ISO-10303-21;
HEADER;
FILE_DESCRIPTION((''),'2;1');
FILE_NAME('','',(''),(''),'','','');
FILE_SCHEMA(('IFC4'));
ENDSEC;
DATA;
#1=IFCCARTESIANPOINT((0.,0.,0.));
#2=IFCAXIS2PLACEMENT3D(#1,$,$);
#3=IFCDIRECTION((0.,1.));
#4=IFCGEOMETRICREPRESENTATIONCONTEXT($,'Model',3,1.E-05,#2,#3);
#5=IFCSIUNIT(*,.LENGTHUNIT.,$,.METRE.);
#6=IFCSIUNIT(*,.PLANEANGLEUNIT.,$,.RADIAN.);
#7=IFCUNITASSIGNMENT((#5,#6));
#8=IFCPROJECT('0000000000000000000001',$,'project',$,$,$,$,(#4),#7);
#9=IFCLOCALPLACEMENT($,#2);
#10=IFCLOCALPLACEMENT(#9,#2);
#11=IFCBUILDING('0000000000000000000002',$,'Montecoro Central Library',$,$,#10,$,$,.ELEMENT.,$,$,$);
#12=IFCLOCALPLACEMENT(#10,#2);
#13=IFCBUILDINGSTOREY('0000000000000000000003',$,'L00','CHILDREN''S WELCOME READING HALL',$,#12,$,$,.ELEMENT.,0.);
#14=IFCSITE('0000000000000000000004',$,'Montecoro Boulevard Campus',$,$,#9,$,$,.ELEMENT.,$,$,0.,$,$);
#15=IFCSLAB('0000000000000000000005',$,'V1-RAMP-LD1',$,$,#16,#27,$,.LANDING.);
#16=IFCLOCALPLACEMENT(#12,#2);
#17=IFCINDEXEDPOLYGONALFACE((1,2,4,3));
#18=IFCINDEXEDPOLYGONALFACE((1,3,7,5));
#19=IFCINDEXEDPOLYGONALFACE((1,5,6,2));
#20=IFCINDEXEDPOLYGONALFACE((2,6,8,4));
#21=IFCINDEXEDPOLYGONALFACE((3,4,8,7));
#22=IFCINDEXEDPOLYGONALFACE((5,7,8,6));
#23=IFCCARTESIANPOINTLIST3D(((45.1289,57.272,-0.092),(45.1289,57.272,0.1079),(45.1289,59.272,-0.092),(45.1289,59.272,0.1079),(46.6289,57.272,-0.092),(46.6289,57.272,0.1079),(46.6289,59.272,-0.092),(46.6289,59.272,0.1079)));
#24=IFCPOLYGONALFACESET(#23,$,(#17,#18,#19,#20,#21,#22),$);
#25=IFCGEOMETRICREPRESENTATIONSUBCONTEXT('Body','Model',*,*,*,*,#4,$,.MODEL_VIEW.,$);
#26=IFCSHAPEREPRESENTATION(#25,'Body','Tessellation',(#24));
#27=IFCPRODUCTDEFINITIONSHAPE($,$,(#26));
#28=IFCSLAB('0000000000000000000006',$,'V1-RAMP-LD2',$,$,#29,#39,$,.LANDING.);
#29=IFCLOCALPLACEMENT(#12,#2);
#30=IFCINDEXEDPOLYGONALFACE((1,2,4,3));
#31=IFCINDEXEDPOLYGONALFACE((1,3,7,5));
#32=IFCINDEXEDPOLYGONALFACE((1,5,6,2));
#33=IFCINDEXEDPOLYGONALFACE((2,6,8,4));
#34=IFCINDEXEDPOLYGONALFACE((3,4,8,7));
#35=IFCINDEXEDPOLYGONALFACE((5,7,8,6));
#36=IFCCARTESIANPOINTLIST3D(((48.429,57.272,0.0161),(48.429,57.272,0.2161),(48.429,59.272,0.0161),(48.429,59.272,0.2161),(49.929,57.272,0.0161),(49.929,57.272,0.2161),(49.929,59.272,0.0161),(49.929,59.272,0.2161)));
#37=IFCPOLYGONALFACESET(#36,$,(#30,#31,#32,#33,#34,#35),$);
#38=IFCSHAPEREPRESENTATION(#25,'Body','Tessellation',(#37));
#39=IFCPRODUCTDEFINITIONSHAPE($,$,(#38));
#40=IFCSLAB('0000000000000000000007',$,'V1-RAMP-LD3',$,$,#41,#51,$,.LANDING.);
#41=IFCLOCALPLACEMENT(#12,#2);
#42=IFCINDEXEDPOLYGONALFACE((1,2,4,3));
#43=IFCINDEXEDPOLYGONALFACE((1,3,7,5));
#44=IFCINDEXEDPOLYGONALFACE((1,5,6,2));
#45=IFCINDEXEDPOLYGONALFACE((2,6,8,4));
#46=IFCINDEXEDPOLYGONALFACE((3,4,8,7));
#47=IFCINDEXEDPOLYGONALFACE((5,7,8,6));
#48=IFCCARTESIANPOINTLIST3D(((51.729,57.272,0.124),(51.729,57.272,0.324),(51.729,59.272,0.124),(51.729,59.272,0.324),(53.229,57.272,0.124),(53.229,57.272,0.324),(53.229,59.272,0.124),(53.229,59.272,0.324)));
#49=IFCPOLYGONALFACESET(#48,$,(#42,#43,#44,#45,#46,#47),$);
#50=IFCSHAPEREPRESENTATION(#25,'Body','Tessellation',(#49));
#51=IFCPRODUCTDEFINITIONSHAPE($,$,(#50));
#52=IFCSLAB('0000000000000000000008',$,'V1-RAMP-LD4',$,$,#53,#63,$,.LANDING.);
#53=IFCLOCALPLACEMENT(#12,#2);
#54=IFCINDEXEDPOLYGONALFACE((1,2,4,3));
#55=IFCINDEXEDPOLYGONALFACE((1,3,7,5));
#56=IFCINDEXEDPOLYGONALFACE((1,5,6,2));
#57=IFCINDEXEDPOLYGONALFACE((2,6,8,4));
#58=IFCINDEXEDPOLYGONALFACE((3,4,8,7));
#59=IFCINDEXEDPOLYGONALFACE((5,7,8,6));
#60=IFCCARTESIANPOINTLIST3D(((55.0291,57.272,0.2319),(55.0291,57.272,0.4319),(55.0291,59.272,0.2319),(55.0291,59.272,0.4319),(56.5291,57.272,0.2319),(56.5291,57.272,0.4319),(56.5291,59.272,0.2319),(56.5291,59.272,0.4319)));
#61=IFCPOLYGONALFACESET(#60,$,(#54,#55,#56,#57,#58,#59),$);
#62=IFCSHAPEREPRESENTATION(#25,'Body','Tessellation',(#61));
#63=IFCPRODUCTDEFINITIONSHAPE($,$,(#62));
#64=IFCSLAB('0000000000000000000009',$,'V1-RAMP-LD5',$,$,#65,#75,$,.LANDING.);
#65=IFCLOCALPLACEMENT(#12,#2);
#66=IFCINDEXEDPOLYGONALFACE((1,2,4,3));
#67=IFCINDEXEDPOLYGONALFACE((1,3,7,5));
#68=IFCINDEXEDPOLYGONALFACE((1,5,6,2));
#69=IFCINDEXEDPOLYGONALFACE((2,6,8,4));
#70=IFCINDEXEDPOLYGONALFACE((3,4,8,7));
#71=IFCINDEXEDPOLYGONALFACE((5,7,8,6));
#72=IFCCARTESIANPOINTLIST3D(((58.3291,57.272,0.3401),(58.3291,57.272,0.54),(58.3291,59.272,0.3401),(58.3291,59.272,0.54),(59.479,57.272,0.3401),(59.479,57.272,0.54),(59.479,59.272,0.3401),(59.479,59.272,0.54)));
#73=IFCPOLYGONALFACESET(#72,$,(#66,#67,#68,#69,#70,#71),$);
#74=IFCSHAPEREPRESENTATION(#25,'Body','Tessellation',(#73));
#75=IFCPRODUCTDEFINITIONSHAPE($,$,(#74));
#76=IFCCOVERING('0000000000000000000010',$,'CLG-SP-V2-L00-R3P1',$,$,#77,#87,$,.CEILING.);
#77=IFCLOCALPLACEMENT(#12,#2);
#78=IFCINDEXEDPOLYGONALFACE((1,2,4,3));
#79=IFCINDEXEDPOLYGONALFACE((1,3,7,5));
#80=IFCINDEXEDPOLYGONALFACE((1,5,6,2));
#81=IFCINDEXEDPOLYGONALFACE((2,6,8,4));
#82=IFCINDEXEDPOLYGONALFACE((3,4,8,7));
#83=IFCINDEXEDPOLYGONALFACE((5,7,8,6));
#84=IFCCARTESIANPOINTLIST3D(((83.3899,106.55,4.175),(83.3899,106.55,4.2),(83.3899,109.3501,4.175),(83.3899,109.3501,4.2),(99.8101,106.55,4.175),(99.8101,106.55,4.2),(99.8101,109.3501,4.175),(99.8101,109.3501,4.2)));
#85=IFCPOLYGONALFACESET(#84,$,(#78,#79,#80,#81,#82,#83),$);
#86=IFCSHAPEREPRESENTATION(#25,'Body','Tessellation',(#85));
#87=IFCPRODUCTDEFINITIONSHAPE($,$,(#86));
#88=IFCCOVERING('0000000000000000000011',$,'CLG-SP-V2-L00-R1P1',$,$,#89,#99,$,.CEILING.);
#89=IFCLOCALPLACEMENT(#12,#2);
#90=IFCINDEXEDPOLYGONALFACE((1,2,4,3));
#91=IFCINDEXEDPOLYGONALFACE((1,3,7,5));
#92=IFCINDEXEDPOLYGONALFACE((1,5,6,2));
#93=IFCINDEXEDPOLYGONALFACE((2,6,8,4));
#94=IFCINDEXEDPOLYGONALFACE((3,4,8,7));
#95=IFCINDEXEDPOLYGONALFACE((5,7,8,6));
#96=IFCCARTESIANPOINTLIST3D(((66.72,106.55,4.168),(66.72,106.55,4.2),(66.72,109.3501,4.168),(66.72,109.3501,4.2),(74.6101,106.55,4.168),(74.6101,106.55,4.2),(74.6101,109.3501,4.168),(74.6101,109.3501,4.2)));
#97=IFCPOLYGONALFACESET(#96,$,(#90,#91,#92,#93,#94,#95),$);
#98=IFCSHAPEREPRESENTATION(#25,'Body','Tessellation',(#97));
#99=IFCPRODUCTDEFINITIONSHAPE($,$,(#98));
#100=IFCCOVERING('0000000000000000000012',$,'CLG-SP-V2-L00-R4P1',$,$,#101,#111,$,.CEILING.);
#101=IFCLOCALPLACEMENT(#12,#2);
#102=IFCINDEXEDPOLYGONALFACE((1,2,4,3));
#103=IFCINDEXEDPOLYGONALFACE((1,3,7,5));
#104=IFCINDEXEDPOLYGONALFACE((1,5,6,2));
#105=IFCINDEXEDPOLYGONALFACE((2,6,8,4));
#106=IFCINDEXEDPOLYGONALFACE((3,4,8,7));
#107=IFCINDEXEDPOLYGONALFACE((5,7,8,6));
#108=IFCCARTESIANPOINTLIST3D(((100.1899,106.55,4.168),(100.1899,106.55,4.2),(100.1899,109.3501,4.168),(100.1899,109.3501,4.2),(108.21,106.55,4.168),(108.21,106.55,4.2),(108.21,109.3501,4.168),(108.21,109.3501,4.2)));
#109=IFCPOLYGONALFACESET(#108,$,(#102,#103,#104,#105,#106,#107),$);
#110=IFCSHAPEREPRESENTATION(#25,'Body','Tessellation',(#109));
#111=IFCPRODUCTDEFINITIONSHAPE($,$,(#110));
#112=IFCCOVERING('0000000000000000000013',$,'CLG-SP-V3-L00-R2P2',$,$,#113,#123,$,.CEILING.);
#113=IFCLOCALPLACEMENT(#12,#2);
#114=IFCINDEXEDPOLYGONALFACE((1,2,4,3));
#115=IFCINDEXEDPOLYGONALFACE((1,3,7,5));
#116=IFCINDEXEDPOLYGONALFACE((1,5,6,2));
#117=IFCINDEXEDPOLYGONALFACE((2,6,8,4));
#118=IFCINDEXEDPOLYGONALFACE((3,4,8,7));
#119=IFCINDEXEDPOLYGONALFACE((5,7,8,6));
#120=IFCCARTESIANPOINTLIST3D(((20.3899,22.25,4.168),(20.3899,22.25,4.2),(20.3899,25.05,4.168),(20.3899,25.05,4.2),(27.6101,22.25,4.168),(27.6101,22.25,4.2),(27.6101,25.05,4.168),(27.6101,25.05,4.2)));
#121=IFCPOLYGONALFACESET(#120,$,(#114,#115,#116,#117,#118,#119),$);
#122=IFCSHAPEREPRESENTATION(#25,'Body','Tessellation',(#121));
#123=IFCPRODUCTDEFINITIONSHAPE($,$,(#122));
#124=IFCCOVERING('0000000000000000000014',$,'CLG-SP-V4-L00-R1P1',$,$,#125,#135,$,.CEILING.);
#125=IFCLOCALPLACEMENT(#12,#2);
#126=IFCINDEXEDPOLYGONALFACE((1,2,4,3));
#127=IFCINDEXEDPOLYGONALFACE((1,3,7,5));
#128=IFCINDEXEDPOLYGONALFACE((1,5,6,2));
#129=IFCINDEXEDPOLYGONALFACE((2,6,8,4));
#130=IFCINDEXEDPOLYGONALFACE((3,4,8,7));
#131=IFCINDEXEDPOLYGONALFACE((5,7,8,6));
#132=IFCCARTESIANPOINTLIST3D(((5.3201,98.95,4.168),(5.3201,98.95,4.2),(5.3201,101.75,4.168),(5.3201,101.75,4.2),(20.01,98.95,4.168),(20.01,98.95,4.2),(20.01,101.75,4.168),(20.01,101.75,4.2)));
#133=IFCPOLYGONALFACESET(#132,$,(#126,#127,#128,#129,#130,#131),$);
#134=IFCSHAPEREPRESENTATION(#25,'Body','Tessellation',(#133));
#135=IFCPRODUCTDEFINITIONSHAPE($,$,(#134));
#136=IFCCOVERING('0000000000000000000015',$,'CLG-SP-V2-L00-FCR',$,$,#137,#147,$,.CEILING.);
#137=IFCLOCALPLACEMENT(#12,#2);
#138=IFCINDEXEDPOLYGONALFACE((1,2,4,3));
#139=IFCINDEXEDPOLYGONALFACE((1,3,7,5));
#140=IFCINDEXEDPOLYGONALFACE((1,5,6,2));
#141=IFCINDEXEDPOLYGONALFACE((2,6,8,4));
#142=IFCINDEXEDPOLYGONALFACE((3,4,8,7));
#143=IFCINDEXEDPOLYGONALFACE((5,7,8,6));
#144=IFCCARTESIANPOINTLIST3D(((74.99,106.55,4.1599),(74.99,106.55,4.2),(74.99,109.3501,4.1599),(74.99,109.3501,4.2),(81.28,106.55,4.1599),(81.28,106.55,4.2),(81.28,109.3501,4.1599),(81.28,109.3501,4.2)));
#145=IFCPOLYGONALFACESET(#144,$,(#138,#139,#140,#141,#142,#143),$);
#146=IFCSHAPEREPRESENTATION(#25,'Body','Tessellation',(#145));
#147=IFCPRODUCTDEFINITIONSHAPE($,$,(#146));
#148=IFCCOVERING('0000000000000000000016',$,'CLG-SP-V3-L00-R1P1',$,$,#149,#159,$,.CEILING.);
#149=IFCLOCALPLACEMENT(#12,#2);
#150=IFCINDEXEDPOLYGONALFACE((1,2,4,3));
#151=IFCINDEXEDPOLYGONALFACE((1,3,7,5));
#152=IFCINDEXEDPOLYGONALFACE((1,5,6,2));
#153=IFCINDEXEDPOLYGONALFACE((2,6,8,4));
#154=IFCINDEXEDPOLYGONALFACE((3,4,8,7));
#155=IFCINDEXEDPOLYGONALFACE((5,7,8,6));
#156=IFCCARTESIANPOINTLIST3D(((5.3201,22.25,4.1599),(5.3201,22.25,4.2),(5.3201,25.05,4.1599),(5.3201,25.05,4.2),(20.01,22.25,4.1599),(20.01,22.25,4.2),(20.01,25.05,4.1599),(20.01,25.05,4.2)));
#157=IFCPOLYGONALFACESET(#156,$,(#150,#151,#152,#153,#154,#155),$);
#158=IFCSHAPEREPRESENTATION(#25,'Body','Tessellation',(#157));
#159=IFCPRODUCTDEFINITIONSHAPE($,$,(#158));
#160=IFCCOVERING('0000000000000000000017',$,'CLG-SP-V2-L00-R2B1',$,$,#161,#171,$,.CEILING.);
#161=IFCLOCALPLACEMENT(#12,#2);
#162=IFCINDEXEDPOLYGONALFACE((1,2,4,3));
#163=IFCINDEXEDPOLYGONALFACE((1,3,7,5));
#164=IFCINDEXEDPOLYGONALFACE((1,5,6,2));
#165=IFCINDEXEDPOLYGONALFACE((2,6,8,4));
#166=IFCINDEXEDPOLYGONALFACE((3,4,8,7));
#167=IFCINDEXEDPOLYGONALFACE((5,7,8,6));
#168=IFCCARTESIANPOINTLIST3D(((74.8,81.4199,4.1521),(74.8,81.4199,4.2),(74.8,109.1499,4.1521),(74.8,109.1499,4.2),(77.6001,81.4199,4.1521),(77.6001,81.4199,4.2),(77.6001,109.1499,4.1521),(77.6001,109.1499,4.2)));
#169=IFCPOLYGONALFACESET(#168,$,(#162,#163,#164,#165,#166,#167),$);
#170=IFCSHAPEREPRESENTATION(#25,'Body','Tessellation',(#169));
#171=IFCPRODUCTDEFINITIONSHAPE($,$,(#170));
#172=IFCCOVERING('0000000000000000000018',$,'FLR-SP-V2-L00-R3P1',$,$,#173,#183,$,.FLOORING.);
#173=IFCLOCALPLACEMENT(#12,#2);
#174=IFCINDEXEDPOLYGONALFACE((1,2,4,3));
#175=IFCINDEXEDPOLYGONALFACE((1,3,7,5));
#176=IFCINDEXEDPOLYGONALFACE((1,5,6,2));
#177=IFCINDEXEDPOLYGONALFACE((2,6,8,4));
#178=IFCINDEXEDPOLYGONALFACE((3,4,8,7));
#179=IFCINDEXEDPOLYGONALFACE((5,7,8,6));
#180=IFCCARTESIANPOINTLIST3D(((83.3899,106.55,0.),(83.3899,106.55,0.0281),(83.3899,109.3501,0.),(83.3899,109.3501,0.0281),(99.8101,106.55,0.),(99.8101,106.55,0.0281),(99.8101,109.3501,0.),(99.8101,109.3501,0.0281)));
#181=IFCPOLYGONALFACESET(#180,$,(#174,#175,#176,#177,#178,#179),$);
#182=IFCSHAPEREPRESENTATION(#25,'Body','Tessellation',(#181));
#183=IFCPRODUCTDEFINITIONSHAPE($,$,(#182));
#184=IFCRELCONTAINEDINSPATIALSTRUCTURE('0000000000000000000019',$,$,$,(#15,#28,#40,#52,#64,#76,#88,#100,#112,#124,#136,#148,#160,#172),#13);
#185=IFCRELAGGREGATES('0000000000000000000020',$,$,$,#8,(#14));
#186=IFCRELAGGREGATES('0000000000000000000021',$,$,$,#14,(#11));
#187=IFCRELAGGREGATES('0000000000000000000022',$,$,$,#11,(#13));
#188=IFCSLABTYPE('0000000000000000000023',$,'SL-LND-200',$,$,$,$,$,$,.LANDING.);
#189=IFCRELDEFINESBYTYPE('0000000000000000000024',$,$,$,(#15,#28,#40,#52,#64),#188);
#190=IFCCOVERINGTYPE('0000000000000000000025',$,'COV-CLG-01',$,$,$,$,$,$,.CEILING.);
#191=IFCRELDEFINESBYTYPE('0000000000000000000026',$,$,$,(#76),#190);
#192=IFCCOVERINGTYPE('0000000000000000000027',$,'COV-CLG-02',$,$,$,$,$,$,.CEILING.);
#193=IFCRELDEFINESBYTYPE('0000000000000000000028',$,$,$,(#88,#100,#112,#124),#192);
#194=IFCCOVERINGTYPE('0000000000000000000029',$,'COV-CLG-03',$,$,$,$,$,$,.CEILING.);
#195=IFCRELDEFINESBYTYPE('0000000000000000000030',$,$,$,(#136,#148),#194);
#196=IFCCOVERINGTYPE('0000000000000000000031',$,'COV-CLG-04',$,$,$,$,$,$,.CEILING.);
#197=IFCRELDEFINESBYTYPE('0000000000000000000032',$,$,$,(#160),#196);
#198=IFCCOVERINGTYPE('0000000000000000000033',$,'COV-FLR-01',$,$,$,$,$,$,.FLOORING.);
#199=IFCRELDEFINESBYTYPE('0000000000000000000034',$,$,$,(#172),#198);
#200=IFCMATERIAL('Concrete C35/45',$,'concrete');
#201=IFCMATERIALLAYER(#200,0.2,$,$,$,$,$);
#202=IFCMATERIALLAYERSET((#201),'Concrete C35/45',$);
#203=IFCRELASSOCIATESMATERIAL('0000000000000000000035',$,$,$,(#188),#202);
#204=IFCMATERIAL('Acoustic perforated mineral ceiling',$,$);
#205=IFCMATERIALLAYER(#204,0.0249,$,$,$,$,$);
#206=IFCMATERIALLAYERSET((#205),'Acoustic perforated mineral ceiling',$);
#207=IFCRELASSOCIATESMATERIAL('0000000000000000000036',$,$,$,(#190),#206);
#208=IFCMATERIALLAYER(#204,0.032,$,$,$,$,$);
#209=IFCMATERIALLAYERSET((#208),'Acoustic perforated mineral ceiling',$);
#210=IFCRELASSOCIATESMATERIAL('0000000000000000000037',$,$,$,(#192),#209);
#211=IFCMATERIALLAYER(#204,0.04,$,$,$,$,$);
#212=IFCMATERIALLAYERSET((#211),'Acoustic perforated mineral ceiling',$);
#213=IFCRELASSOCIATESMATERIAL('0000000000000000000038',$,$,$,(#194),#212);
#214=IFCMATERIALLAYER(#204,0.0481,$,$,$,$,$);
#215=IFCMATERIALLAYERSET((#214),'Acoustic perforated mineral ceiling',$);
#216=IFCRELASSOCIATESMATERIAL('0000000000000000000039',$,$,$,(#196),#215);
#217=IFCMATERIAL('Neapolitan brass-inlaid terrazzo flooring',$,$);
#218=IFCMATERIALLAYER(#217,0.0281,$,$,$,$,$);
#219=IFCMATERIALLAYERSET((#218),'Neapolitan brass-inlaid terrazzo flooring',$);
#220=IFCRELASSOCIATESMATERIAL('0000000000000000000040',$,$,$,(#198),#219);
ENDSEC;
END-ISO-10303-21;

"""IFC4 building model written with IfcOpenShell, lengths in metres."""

from ifc_helpers import new_model, si_unit, direction, frame, origin, place, context, subcontext, project, spatial, polyline, outline, extrude, material, layer, layer_set, type_object, element, save


model = new_model("IFC4")

# Units and contexts
model_context = context("Model", 3, precision=1e-05, world=origin(), true_north=direction((0.0, 1.0)))
body_context = subcontext(model_context, "Body", "Model", "MODEL_VIEW")
ifc_project = project(units=[si_unit("LENGTHUNIT", "METRE"), si_unit("PLANEANGLEUNIT", "RADIAN")], contexts=[model_context])

# Site, building, storey
site_placement = place(None, origin())
site = spatial("IfcSite", under=ifc_project, at=site_placement, Name="Montecoro Boulevard Campus", CompositionType="ELEMENT", RefElevation=0.0)
building_placement = place(site_placement, origin())
building = spatial("IfcBuilding", under=site, at=building_placement, Name="Montecoro Central Library", CompositionType="ELEMENT")
storey_placement = place(building_placement, origin())
storey = spatial("IfcBuildingStorey", under=building, at=storey_placement, Name="L00", Description="CHILDREN'S WELCOME READING HALL", CompositionType="ELEMENT", Elevation=0.0)

# Slabs
ifc_material_1 = material(Name="Concrete C35/45", Category="concrete")
ifc_layer_1 = layer(ifc_material_1, 0.2)
ifc_layer_set_1 = layer_set([ifc_layer_1], Name="Concrete C35/45")
slab_type = type_object("IfcSlabType", Name="SL-LND-200", PredefinedType="LANDING", material=ifc_layer_set_1)
slab_1_placement = place(storey_placement, frame((0.0, 0.0, -0.092)))
element("IfcSlab", 1, at=slab_1_placement, inside=storey, type_object=slab_type, Name="V1-RAMP-LD1", PredefinedType="LANDING", context=body_context, shape_type="SweptSolid", body=[
    extrude(outline(polyline([(45.1289, 57.272), (46.6289, 57.272), (46.6289, 59.272), (45.1289, 59.272), (45.1289, 57.272)])), origin(), (0.0, 0.0, 1.0), 0.2),
])
slab_2_placement = place(storey_placement, frame((0.0, 0.0, 0.0161)))
element("IfcSlab", 2, at=slab_2_placement, inside=storey, type_object=slab_type, Name="V1-RAMP-LD2", PredefinedType="LANDING", context=body_context, shape_type="SweptSolid", body=[
    extrude(outline(polyline([(48.429, 57.272), (49.929, 57.272), (49.929, 59.272), (48.429, 59.272), (48.429, 57.272)])), origin(), (0.0, 0.0, 1.0), 0.2),
])
slab_3_placement = place(storey_placement, frame((0.0, 0.0, 0.124)))
element("IfcSlab", 3, at=slab_3_placement, inside=storey, type_object=slab_type, Name="V1-RAMP-LD3", PredefinedType="LANDING", context=body_context, shape_type="SweptSolid", body=[
    extrude(outline(polyline([(51.729, 57.272), (53.229, 57.272), (53.229, 59.272), (51.729, 59.272), (51.729, 57.272)])), origin(), (0.0, 0.0, 1.0), 0.2),
])
slab_4_placement = place(storey_placement, frame((0.0, 0.0, 0.2319)))
element("IfcSlab", 4, at=slab_4_placement, inside=storey, type_object=slab_type, Name="V1-RAMP-LD4", PredefinedType="LANDING", context=body_context, shape_type="SweptSolid", body=[
    extrude(outline(polyline([(55.0291, 57.272), (56.5291, 57.272), (56.5291, 59.272), (55.0291, 59.272), (55.0291, 57.272)])), origin(), (0.0, 0.0, 1.0), 0.2),
])
slab_5_placement = place(storey_placement, frame((0.0, 0.0, 0.3401)))
element("IfcSlab", 5, at=slab_5_placement, inside=storey, type_object=slab_type, Name="V1-RAMP-LD5", PredefinedType="LANDING", context=body_context, shape_type="SweptSolid", body=[
    extrude(outline(polyline([(58.3291, 57.272), (59.479, 57.272), (59.479, 59.272), (58.3291, 59.272), (58.3291, 57.272)])), origin(), (0.0, 0.0, 1.0), 0.2),
])

# Coverings
ifc_material_2 = material(Name="Acoustic perforated mineral ceiling")
ifc_layer_2 = layer(ifc_material_2, 0.0249)
ifc_layer_set_2 = layer_set([ifc_layer_2], Name="Acoustic perforated mineral ceiling")
covering_type_1 = type_object("IfcCoveringType", Name="COV-CLG-01", PredefinedType="CEILING", material=ifc_layer_set_2)
covering_1_placement = place(storey_placement, frame((0.0, 0.0, 4.175)))
element("IfcCovering", 6, at=covering_1_placement, inside=storey, type_object=covering_type_1, Name="CLG-SP-V2-L00-R3P1", PredefinedType="CEILING", context=body_context, shape_type="SweptSolid", body=[
    extrude(outline(polyline([(83.3899, 106.55), (99.8101, 106.55), (99.8101, 109.3501), (83.3899, 109.3501), (83.3899, 106.55)])), origin(), (0.0, 0.0, 1.0), 0.0249),
])
ifc_layer_3 = layer(ifc_material_2, 0.032)
ifc_layer_set_3 = layer_set([ifc_layer_3], Name="Acoustic perforated mineral ceiling")
covering_type_2 = type_object("IfcCoveringType", Name="COV-CLG-02", PredefinedType="CEILING", material=ifc_layer_set_3)
covering_2_placement = place(storey_placement, frame((0.0, 0.0, 4.168)))
element("IfcCovering", 7, at=covering_2_placement, inside=storey, type_object=covering_type_2, Name="CLG-SP-V2-L00-R1P1", PredefinedType="CEILING", context=body_context, shape_type="SweptSolid", body=[
    extrude(outline(polyline([(66.72, 106.55), (74.6101, 106.55), (74.6101, 109.3501), (66.72, 109.3501), (66.72, 106.55)])), origin(), (0.0, 0.0, 1.0), 0.032),
])
covering_3_placement = place(storey_placement, frame((0.0, 0.0, 4.168)))
element("IfcCovering", 8, at=covering_3_placement, inside=storey, type_object=covering_type_2, Name="CLG-SP-V2-L00-R4P1", PredefinedType="CEILING", context=body_context, shape_type="SweptSolid", body=[
    extrude(outline(polyline([(100.1899, 106.55), (108.21, 106.55), (108.21, 109.3501), (100.1899, 109.3501), (100.1899, 106.55)])), origin(), (0.0, 0.0, 1.0), 0.032),
])
covering_4_placement = place(storey_placement, frame((0.0, 0.0, 4.168)))
element("IfcCovering", 9, at=covering_4_placement, inside=storey, type_object=covering_type_2, Name="CLG-SP-V3-L00-R2P2", PredefinedType="CEILING", context=body_context, shape_type="SweptSolid", body=[
    extrude(outline(polyline([(20.3899, 22.25), (27.6101, 22.25), (27.6101, 25.05), (20.3899, 25.05), (20.3899, 22.25)])), origin(), (0.0, 0.0, 1.0), 0.032),
])
covering_5_placement = place(storey_placement, frame((0.0, 0.0, 4.168)))
element("IfcCovering", 10, at=covering_5_placement, inside=storey, type_object=covering_type_2, Name="CLG-SP-V4-L00-R1P1", PredefinedType="CEILING", context=body_context, shape_type="SweptSolid", body=[
    extrude(outline(polyline([(5.3201, 98.95), (20.01, 98.95), (20.01, 101.75), (5.3201, 101.75), (5.3201, 98.95)])), origin(), (0.0, 0.0, 1.0), 0.032),
])
ifc_layer_4 = layer(ifc_material_2, 0.04)
ifc_layer_set_4 = layer_set([ifc_layer_4], Name="Acoustic perforated mineral ceiling")
covering_type_3 = type_object("IfcCoveringType", Name="COV-CLG-03", PredefinedType="CEILING", material=ifc_layer_set_4)
covering_6_placement = place(storey_placement, frame((0.0, 0.0, 4.1599)))
element("IfcCovering", 11, at=covering_6_placement, inside=storey, type_object=covering_type_3, Name="CLG-SP-V2-L00-FCR", PredefinedType="CEILING", context=body_context, shape_type="SweptSolid", body=[
    extrude(outline(polyline([(74.99, 106.55), (81.28, 106.55), (81.28, 109.3501), (74.99, 109.3501), (74.99, 106.55)])), origin(), (0.0, 0.0, 1.0), 0.04),
])
covering_7_placement = place(storey_placement, frame((0.0, 0.0, 4.1599)))
element("IfcCovering", 12, at=covering_7_placement, inside=storey, type_object=covering_type_3, Name="CLG-SP-V3-L00-R1P1", PredefinedType="CEILING", context=body_context, shape_type="SweptSolid", body=[
    extrude(outline(polyline([(5.3201, 22.25), (20.01, 22.25), (20.01, 25.05), (5.3201, 25.05), (5.3201, 22.25)])), origin(), (0.0, 0.0, 1.0), 0.04),
])
ifc_layer_5 = layer(ifc_material_2, 0.0481)
ifc_layer_set_5 = layer_set([ifc_layer_5], Name="Acoustic perforated mineral ceiling")
covering_type_4 = type_object("IfcCoveringType", Name="COV-CLG-04", PredefinedType="CEILING", material=ifc_layer_set_5)
covering_8_placement = place(storey_placement, frame((0.0, 0.0, 4.1521)))
element("IfcCovering", 13, at=covering_8_placement, inside=storey, type_object=covering_type_4, Name="CLG-SP-V2-L00-R2B1", PredefinedType="CEILING", context=body_context, shape_type="SweptSolid", body=[
    extrude(outline(polyline([(74.8, 81.4199), (77.6001, 81.4199), (77.6001, 109.1499), (74.8, 109.1499), (74.8, 81.4199)])), origin(), (0.0, 0.0, 1.0), 0.0479),
])
ifc_material_3 = material(Name="Neapolitan brass-inlaid terrazzo flooring")
ifc_layer_6 = layer(ifc_material_3, 0.0281)
ifc_layer_set_6 = layer_set([ifc_layer_6], Name="Neapolitan brass-inlaid terrazzo flooring")
covering_type_5 = type_object("IfcCoveringType", Name="COV-FLR-01", PredefinedType="FLOORING", material=ifc_layer_set_6)
covering_9_placement = place(storey_placement, origin())
element("IfcCovering", 14, at=covering_9_placement, inside=storey, type_object=covering_type_5, Name="FLR-SP-V2-L00-R3P1", PredefinedType="FLOORING", context=body_context, shape_type="SweptSolid", body=[
    extrude(outline(polyline([(83.3899, 106.55), (99.8101, 106.55), (99.8101, 109.3501), (83.3899, 109.3501), (83.3899, 106.55)])), origin(), (0.0, 0.0, 1.0), 0.0281),
])

save(model, "model.ifc")
